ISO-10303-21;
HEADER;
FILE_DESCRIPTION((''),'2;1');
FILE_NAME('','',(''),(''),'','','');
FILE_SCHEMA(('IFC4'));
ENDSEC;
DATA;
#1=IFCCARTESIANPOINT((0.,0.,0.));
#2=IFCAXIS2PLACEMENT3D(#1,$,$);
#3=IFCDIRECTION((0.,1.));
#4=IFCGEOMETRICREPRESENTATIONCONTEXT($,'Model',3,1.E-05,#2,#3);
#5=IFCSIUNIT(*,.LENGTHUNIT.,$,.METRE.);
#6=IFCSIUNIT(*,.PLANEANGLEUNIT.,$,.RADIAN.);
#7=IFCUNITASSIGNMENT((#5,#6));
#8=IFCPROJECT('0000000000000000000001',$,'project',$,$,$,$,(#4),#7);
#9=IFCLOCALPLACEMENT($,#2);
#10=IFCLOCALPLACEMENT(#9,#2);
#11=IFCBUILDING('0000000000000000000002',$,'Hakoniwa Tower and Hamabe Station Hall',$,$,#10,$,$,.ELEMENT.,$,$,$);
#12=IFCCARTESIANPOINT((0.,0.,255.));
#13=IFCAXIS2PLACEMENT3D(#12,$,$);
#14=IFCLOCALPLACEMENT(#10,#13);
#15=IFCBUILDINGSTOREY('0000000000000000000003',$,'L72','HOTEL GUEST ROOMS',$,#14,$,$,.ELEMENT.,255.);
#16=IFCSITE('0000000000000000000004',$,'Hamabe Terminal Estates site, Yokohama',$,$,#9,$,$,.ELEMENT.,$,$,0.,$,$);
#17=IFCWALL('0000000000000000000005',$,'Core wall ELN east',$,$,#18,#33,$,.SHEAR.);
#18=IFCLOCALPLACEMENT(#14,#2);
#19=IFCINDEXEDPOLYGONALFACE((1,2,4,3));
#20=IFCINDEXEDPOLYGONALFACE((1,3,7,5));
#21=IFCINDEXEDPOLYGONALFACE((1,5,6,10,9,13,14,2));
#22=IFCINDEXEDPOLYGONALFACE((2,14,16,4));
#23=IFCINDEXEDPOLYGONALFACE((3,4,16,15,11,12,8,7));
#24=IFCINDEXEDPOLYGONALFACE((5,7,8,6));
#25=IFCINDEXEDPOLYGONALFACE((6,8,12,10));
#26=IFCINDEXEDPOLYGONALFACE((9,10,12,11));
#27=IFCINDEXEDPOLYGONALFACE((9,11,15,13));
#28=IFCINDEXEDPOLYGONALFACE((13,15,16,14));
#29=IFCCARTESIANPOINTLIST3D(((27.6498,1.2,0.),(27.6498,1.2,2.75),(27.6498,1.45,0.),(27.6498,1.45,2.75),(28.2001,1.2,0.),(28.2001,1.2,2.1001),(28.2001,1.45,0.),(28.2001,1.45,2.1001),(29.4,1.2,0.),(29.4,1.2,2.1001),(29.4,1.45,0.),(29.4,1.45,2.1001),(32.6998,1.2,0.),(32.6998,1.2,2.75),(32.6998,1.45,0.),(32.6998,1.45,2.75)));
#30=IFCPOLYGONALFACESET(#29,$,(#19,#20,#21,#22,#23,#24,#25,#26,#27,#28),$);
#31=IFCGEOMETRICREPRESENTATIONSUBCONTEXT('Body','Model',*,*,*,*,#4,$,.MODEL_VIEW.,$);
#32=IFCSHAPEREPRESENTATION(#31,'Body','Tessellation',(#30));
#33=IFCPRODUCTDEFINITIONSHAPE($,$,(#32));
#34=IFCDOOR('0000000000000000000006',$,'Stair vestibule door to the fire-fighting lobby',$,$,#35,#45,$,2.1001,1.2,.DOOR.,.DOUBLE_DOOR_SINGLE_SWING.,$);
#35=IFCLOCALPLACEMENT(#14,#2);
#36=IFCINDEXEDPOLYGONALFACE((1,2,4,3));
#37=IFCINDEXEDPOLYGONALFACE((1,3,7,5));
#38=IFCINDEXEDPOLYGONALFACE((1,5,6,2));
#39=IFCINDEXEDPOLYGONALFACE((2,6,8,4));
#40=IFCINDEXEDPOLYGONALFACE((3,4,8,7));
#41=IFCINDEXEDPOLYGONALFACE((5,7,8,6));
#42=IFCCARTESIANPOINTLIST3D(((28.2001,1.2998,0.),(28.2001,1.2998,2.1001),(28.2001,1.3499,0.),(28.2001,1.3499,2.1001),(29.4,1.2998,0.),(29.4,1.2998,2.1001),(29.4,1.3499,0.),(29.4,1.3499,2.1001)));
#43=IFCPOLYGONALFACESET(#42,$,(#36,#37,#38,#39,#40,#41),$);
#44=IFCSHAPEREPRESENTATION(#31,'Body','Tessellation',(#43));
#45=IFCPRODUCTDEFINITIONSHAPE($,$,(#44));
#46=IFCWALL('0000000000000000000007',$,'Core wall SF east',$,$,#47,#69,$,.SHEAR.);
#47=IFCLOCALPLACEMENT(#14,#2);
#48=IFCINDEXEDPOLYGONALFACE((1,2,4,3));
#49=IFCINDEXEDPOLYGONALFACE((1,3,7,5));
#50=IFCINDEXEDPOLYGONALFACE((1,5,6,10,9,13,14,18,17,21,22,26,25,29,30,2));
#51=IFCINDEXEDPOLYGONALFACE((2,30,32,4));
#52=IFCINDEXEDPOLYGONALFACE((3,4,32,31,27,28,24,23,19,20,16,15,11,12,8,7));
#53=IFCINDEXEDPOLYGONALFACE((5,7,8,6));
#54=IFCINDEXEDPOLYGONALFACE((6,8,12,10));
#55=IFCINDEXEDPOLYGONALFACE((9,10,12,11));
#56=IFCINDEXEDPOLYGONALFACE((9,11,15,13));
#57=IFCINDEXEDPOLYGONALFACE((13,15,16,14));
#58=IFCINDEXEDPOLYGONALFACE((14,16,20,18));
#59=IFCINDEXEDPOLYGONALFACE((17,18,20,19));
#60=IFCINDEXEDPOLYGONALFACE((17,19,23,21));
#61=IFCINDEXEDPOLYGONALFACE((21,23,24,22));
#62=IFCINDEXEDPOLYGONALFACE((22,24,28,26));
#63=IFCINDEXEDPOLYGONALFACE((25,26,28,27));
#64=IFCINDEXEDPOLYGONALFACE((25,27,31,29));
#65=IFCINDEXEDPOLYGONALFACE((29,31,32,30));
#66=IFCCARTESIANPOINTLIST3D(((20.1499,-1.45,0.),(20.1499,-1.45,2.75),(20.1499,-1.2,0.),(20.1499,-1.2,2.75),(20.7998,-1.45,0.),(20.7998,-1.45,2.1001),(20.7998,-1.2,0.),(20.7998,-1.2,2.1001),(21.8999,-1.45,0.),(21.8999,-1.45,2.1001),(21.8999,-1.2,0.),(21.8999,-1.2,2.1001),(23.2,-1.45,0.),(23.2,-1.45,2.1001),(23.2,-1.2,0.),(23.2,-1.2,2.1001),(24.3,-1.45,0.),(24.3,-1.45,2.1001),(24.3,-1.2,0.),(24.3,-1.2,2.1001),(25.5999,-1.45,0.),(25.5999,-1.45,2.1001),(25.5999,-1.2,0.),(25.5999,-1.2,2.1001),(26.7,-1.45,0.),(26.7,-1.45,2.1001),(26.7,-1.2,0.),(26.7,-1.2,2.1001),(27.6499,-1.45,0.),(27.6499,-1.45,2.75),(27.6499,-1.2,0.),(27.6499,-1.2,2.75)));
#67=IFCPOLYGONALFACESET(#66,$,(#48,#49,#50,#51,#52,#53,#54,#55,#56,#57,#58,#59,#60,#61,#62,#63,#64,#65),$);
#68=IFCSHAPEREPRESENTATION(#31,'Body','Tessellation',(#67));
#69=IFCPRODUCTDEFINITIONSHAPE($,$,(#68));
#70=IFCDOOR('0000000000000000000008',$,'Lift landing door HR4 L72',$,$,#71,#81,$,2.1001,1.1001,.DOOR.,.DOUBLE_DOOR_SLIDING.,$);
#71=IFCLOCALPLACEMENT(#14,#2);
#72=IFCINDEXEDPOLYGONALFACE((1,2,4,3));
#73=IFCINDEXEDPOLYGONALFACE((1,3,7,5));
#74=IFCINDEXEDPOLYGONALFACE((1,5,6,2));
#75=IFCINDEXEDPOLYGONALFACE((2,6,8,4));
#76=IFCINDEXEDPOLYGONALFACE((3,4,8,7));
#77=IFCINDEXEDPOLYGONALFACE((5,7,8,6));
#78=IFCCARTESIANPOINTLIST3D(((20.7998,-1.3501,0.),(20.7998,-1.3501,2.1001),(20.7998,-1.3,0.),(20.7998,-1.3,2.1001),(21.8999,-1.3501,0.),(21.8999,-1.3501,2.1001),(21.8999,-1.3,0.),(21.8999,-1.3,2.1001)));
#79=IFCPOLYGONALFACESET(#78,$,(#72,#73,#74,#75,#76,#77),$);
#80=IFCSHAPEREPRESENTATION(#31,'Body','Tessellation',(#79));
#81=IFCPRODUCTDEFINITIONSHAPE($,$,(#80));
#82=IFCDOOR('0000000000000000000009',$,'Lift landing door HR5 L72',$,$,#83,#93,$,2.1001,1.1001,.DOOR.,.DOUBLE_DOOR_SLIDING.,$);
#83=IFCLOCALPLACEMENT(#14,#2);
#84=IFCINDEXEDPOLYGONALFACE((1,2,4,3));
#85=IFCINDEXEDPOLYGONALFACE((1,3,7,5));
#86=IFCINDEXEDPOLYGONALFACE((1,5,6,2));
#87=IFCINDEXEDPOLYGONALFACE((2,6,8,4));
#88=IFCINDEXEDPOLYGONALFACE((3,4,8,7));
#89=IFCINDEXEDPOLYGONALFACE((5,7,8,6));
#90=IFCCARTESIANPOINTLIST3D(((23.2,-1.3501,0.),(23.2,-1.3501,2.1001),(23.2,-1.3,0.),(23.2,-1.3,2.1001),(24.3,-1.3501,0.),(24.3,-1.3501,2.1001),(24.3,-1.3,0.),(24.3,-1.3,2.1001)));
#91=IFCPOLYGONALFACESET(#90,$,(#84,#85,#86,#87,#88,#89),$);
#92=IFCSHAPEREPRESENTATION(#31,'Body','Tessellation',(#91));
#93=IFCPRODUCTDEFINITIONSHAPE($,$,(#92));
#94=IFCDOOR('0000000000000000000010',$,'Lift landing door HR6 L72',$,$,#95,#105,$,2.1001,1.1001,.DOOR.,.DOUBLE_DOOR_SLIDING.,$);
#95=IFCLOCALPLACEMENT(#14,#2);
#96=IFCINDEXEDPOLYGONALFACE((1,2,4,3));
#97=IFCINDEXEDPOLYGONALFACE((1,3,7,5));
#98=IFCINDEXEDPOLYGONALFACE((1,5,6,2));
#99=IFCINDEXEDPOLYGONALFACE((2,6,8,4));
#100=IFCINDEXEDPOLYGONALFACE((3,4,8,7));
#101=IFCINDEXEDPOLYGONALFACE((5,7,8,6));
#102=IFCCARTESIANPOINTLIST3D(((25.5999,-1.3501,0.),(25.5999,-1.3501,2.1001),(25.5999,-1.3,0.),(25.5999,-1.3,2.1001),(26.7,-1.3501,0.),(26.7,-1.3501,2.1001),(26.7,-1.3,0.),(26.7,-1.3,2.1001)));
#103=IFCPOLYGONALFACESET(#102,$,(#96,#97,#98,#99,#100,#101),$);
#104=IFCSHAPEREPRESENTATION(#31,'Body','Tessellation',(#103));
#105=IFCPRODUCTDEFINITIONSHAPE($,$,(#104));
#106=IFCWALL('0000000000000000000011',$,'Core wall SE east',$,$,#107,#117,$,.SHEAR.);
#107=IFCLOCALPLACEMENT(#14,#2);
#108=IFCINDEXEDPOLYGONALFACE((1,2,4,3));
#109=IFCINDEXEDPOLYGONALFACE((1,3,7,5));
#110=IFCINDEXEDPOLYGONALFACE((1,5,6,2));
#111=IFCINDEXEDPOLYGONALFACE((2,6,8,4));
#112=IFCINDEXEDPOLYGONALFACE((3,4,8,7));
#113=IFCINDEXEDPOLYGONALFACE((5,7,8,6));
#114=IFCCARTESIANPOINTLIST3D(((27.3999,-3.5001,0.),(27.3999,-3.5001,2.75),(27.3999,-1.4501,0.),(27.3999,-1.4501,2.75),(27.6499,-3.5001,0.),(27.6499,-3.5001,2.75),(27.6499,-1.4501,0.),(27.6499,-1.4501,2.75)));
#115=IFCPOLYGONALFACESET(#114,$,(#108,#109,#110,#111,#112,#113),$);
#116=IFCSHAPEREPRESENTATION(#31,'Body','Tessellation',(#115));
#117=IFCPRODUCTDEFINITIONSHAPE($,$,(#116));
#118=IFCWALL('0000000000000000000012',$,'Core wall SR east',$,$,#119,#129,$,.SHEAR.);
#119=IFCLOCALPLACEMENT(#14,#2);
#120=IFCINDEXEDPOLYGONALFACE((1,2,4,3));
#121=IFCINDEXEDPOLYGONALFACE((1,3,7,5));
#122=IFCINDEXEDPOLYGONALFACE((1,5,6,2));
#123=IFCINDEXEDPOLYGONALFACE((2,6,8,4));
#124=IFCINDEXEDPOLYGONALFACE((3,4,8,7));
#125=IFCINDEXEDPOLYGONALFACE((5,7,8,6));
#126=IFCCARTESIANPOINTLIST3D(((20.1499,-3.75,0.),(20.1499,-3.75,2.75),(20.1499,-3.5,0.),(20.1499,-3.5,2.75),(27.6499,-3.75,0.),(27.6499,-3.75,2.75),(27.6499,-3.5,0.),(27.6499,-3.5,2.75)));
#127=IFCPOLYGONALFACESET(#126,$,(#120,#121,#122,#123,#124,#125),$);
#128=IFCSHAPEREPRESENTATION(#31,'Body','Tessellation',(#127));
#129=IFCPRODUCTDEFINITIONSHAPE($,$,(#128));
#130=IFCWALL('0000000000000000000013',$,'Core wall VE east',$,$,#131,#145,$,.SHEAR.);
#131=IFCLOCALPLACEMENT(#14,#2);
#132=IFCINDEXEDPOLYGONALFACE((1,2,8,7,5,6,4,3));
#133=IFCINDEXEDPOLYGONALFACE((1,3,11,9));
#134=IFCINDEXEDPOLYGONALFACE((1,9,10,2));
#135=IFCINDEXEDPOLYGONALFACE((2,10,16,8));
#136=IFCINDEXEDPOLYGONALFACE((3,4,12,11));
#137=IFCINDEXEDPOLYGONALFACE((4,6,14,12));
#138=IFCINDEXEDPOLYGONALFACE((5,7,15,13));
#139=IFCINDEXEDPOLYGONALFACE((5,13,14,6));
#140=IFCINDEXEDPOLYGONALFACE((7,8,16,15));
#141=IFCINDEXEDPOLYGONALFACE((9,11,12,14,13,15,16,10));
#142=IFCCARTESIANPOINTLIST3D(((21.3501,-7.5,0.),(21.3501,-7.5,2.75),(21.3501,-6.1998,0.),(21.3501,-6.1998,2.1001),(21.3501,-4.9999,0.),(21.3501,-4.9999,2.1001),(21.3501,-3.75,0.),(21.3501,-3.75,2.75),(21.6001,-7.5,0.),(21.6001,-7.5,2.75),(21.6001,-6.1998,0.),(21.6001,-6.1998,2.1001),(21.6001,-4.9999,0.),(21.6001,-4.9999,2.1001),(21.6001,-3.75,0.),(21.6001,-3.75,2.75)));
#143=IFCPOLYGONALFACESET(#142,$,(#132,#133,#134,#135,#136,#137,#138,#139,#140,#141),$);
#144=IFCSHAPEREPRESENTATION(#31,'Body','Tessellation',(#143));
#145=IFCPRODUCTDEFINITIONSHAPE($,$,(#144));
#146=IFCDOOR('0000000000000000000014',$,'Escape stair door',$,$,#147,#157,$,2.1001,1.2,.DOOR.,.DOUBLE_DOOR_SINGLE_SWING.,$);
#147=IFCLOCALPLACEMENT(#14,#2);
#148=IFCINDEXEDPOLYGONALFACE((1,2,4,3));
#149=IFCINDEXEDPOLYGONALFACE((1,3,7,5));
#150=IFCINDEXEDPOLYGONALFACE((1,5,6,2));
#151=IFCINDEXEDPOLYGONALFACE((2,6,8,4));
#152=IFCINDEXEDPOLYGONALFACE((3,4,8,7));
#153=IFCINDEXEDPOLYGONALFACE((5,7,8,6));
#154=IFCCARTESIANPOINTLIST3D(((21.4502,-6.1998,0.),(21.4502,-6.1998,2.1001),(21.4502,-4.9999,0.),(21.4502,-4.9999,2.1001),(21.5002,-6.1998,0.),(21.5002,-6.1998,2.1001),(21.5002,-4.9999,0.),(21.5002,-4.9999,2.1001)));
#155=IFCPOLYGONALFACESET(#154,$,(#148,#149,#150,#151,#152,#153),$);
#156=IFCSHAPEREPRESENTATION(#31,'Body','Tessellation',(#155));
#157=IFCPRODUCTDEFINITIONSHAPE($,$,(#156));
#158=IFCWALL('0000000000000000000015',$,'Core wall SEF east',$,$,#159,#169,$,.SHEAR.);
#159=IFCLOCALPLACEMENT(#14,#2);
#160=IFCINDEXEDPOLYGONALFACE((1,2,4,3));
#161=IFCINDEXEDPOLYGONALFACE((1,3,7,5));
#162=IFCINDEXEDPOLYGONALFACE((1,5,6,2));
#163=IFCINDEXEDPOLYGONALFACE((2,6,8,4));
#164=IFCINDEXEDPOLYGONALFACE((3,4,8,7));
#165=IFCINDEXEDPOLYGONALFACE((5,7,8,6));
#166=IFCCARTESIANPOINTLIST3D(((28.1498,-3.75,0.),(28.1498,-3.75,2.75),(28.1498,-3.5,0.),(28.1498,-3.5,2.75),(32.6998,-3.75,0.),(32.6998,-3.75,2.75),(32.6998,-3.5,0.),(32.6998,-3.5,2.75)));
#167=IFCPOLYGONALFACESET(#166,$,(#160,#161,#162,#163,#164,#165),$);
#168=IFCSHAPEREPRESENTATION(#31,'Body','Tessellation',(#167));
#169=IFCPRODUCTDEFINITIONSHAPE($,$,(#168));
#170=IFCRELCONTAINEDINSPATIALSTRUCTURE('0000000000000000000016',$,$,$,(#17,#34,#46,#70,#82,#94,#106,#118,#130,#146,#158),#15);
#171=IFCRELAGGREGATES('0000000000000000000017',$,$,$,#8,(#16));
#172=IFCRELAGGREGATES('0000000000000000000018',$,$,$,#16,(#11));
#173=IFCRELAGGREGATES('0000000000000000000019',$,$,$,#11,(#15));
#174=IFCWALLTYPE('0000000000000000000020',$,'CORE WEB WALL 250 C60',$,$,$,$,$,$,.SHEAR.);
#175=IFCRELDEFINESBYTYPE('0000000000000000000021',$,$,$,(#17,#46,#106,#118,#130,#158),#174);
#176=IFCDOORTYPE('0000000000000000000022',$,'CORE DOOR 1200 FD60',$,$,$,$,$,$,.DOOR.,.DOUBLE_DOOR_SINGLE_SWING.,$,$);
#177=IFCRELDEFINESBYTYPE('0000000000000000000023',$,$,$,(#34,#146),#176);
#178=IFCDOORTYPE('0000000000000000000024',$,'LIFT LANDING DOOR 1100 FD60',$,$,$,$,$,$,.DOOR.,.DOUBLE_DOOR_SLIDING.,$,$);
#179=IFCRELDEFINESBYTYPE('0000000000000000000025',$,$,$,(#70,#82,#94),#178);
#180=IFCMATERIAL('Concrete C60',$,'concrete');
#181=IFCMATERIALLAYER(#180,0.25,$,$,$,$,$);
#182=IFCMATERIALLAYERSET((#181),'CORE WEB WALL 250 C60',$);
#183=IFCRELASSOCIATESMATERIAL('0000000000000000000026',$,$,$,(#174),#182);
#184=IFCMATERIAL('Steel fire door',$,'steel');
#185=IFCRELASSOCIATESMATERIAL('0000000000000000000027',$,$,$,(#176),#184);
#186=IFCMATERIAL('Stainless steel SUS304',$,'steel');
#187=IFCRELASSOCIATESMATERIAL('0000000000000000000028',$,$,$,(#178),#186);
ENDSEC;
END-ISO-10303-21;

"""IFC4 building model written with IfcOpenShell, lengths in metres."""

from ifc_helpers import new_model, si_unit, direction, frame, frame_2d, origin, place, context, subcontext, project, spatial, rectangle, extrude, material, layer, layer_set, type_object, element, fill, save


model = new_model("IFC4")

# Units and contexts
model_context = context("Model", 3, precision=1e-05, world=origin(), true_north=direction((0.0, 1.0)))
body_context = subcontext(model_context, "Body", "Model", "MODEL_VIEW")
ifc_project = project(units=[si_unit("LENGTHUNIT", "METRE"), si_unit("PLANEANGLEUNIT", "RADIAN")], contexts=[model_context])

# Site, building, storey
site_placement = place(None, origin())
site = spatial("IfcSite", under=ifc_project, at=site_placement, Name="Hamabe Terminal Estates site, Yokohama", CompositionType="ELEMENT", RefElevation=0.0)
building_placement = place(site_placement, origin())
building = spatial("IfcBuilding", under=site, at=building_placement, Name="Hakoniwa Tower and Hamabe Station Hall", CompositionType="ELEMENT")
storey_placement = place(building_placement, frame((0.0, 0.0, 255.0)))
storey = spatial("IfcBuildingStorey", under=building, at=storey_placement, Name="L72", Description="HOTEL GUEST ROOMS", CompositionType="ELEMENT", Elevation=255.0)

# Wall, opening, door
ifc_material_1 = material(Name="Concrete C60", Category="concrete")
ifc_layer_1 = layer(ifc_material_1, 0.25)
ifc_layer_set_1 = layer_set([ifc_layer_1], Name="CORE WEB WALL 250 C60")
wall_type_1 = type_object("IfcWallType", Name="CORE WEB WALL 250 C60", PredefinedType="SHEAR", material=ifc_layer_set_1)
wall_1_placement = place(storey_placement, frame((27.6499, 1.325, 0.0), z_axis=(0.0, 0.0, 1.0), x_axis=(1.0, 0.0, 0.0)))
wall_1 = element("IfcWall", 1, at=wall_1_placement, inside=storey, type_object=wall_type_1, Name="Core wall ELN east", PredefinedType="SHEAR", context=body_context, shape_type="SweptSolid", body=[
    extrude(rectangle(XDim=5.05, YDim=0.25, at=frame_2d((2.5249, 0.0))), origin(), (0.0, 0.0, 1.0), 2.75),
])
opening_1_placement = place(wall_1_placement, frame((0.55, 0.0, 0.0)))
opening_1 = element("IfcOpeningElement", 2, at=opening_1_placement, cuts=wall_1, PredefinedType="OPENING", context=body_context, shape_type="SweptSolid", body=[
    extrude(rectangle(XDim=1.2, YDim=2.1001, at=frame_2d((0.6001, 1.05))), frame((0.0, 0.135, 0.0), z_axis=(0.0, -1.0, 0.0), x_axis=(1.0, 0.0, 0.0)), (0.0, 0.0, 1.0), 0.27),
])
ifc_material_2 = material(Name="Steel fire door", Category="steel")
door_type_1 = type_object("IfcDoorType", Name="CORE DOOR 1200 FD60", OperationType="DOUBLE_DOOR_SINGLE_SWING", PredefinedType="DOOR", material=ifc_material_2)
door_1_placement = place(opening_1_placement, origin())
door_1 = element("IfcDoor", 3, at=door_1_placement, inside=storey, type_object=door_type_1, Name="Stair vestibule door to the fire-fighting lobby", OperationType="DOUBLE_DOOR_SINGLE_SWING", OverallHeight=2.1001, OverallWidth=1.2, PredefinedType="DOOR", context=body_context, shape_type="SweptSolid", body=[
    extrude(rectangle(XDim=1.2, YDim=2.1001, at=frame_2d((0.6001, 1.05))), frame((0.0, 0.0249, 0.0), z_axis=(0.0, -1.0, 0.0), x_axis=(1.0, 0.0, 0.0)), (0.0, 0.0, 1.0), 0.05),
])
fill(opening_1, door_1)

# Wall, openings, doors
wall_2_placement = place(storey_placement, frame((20.1499, -1.325, 0.0), z_axis=(0.0, 0.0, 1.0), x_axis=(1.0, 0.0, 0.0)))
wall_2 = element("IfcWall", 4, at=wall_2_placement, inside=storey, type_object=wall_type_1, Name="Core wall SF east", PredefinedType="SHEAR", context=body_context, shape_type="SweptSolid", body=[
    extrude(rectangle(XDim=7.5, YDim=0.25, at=frame_2d((3.75, 0.0))), origin(), (0.0, 0.0, 1.0), 2.75),
])
opening_2_placement = place(wall_2_placement, frame((0.6499, 0.0, 0.0)))
opening_2 = element("IfcOpeningElement", 5, at=opening_2_placement, cuts=wall_2, PredefinedType="OPENING", context=body_context, shape_type="SweptSolid", body=[
    extrude(rectangle(XDim=1.1001, YDim=2.1001, at=frame_2d((0.55, 1.05))), frame((0.0, 0.135, 0.0), z_axis=(0.0, -1.0, 0.0), x_axis=(1.0, 0.0, 0.0)), (0.0, 0.0, 1.0), 0.27),
])
opening_3_placement = place(wall_2_placement, frame((3.05, 0.0, 0.0)))
opening_3 = element("IfcOpeningElement", 6, at=opening_3_placement, cuts=wall_2, PredefinedType="OPENING", context=body_context, shape_type="SweptSolid", body=[
    extrude(rectangle(XDim=1.1001, YDim=2.1001, at=frame_2d((0.55, 1.05))), frame((0.0, 0.135, 0.0), z_axis=(0.0, -1.0, 0.0), x_axis=(1.0, 0.0, 0.0)), (0.0, 0.0, 1.0), 0.27),
])
opening_4_placement = place(wall_2_placement, frame((5.45, 0.0, 0.0)))
opening_4 = element("IfcOpeningElement", 7, at=opening_4_placement, cuts=wall_2, PredefinedType="OPENING", context=body_context, shape_type="SweptSolid", body=[
    extrude(rectangle(XDim=1.1001, YDim=2.1001, at=frame_2d((0.55, 1.05))), frame((0.0, 0.135, 0.0), z_axis=(0.0, -1.0, 0.0), x_axis=(1.0, 0.0, 0.0)), (0.0, 0.0, 1.0), 0.27),
])
ifc_material_3 = material(Name="Stainless steel SUS304", Category="steel")
door_type_2 = type_object("IfcDoorType", Name="LIFT LANDING DOOR 1100 FD60", OperationType="DOUBLE_DOOR_SLIDING", PredefinedType="DOOR", material=ifc_material_3)
door_2_placement = place(opening_2_placement, origin())
door_2 = element("IfcDoor", 8, at=door_2_placement, inside=storey, type_object=door_type_2, Name="Lift landing door HR4 L72", OperationType="DOUBLE_DOOR_SLIDING", OverallHeight=2.1001, OverallWidth=1.1001, PredefinedType="DOOR", context=body_context, shape_type="SweptSolid", body=[
    extrude(rectangle(XDim=1.1001, YDim=2.1001, at=frame_2d((0.55, 1.05))), frame((0.0, 0.0249, 0.0), z_axis=(0.0, -1.0, 0.0), x_axis=(1.0, 0.0, 0.0)), (0.0, 0.0, 1.0), 0.05),
])
fill(opening_2, door_2)
door_3_placement = place(opening_3_placement, origin())
door_3 = element("IfcDoor", 9, at=door_3_placement, inside=storey, type_object=door_type_2, Name="Lift landing door HR5 L72", OperationType="DOUBLE_DOOR_SLIDING", OverallHeight=2.1001, OverallWidth=1.1001, PredefinedType="DOOR", context=body_context, shape_type="SweptSolid", body=[
    extrude(rectangle(XDim=1.1001, YDim=2.1001, at=frame_2d((0.55, 1.05))), frame((0.0, 0.0249, 0.0), z_axis=(0.0, -1.0, 0.0), x_axis=(1.0, 0.0, 0.0)), (0.0, 0.0, 1.0), 0.05),
])
fill(opening_3, door_3)
door_4_placement = place(opening_4_placement, origin())
door_4 = element("IfcDoor", 10, at=door_4_placement, inside=storey, type_object=door_type_2, Name="Lift landing door HR6 L72", OperationType="DOUBLE_DOOR_SLIDING", OverallHeight=2.1001, OverallWidth=1.1001, PredefinedType="DOOR", context=body_context, shape_type="SweptSolid", body=[
    extrude(rectangle(XDim=1.1001, YDim=2.1001, at=frame_2d((0.55, 1.05))), frame((0.0, 0.0249, 0.0), z_axis=(0.0, -1.0, 0.0), x_axis=(1.0, 0.0, 0.0)), (0.0, 0.0, 1.0), 0.05),
])
fill(opening_4, door_4)

# Walls
wall_3_placement = place(storey_placement, frame((27.5249, -3.5, 0.0), z_axis=(0.0, 0.0, 1.0), x_axis=(0.0, 1.0, 0.0)))
element("IfcWall", 11, at=wall_3_placement, inside=storey, type_object=wall_type_1, Name="Core wall SE east", PredefinedType="SHEAR", context=body_context, shape_type="SweptSolid", body=[
    extrude(rectangle(XDim=2.05, YDim=0.25, at=frame_2d((1.0249, 0.0))), origin(), (0.0, 0.0, 1.0), 2.75),
])
wall_4_placement = place(storey_placement, frame((20.1499, -3.625, 0.0), z_axis=(0.0, 0.0, 1.0), x_axis=(1.0, 0.0, 0.0)))
element("IfcWall", 12, at=wall_4_placement, inside=storey, type_object=wall_type_1, Name="Core wall SR east", PredefinedType="SHEAR", context=body_context, shape_type="SweptSolid", body=[
    extrude(rectangle(XDim=7.5, YDim=0.25, at=frame_2d((3.75, 0.0))), origin(), (0.0, 0.0, 1.0), 2.75),
])

# Wall, opening, door
wall_5_placement = place(storey_placement, frame((21.4751, -7.5, 0.0), z_axis=(0.0, 0.0, 1.0), x_axis=(0.0, 1.0, 0.0)))
wall_5 = element("IfcWall", 13, at=wall_5_placement, inside=storey, type_object=wall_type_1, Name="Core wall VE east", PredefinedType="SHEAR", context=body_context, shape_type="SweptSolid", body=[
    extrude(rectangle(XDim=3.75, YDim=0.25, at=frame_2d((1.875, 0.0))), origin(), (0.0, 0.0, 1.0), 2.75),
])
opening_5_placement = place(wall_5_placement, frame((1.3, 0.0, 0.0)))
opening_5 = element("IfcOpeningElement", 14, at=opening_5_placement, cuts=wall_5, PredefinedType="OPENING", context=body_context, shape_type="SweptSolid", body=[
    extrude(rectangle(XDim=1.2, YDim=2.1001, at=frame_2d((0.6001, 1.05))), frame((0.0, 0.135, 0.0), z_axis=(0.0, -1.0, 0.0), x_axis=(1.0, 0.0, 0.0)), (0.0, 0.0, 1.0), 0.27),
])
door_5_placement = place(opening_5_placement, origin())
door_5 = element("IfcDoor", 15, at=door_5_placement, inside=storey, type_object=door_type_1, Name="Escape stair door", OperationType="DOUBLE_DOOR_SINGLE_SWING", OverallHeight=2.1001, OverallWidth=1.2, PredefinedType="DOOR", context=body_context, shape_type="SweptSolid", body=[
    extrude(rectangle(XDim=1.2, YDim=2.1001, at=frame_2d((0.6001, 1.05))), frame((0.0, 0.0249, 0.0), z_axis=(0.0, -1.0, 0.0), x_axis=(1.0, 0.0, 0.0)), (0.0, 0.0, 1.0), 0.05),
])
fill(opening_5, door_5)

# Wall
wall_6_placement = place(storey_placement, frame((28.1499, -3.625, 0.0), z_axis=(0.0, 0.0, 1.0), x_axis=(1.0, 0.0, 0.0)))
element("IfcWall", 16, at=wall_6_placement, inside=storey, type_object=wall_type_1, Name="Core wall SEF east", PredefinedType="SHEAR", context=body_context, shape_type="SweptSolid", body=[
    extrude(rectangle(XDim=4.55, YDim=0.25, at=frame_2d((2.2749, 0.0))), origin(), (0.0, 0.0, 1.0), 2.75),
])

save(model, "model.ifc")
